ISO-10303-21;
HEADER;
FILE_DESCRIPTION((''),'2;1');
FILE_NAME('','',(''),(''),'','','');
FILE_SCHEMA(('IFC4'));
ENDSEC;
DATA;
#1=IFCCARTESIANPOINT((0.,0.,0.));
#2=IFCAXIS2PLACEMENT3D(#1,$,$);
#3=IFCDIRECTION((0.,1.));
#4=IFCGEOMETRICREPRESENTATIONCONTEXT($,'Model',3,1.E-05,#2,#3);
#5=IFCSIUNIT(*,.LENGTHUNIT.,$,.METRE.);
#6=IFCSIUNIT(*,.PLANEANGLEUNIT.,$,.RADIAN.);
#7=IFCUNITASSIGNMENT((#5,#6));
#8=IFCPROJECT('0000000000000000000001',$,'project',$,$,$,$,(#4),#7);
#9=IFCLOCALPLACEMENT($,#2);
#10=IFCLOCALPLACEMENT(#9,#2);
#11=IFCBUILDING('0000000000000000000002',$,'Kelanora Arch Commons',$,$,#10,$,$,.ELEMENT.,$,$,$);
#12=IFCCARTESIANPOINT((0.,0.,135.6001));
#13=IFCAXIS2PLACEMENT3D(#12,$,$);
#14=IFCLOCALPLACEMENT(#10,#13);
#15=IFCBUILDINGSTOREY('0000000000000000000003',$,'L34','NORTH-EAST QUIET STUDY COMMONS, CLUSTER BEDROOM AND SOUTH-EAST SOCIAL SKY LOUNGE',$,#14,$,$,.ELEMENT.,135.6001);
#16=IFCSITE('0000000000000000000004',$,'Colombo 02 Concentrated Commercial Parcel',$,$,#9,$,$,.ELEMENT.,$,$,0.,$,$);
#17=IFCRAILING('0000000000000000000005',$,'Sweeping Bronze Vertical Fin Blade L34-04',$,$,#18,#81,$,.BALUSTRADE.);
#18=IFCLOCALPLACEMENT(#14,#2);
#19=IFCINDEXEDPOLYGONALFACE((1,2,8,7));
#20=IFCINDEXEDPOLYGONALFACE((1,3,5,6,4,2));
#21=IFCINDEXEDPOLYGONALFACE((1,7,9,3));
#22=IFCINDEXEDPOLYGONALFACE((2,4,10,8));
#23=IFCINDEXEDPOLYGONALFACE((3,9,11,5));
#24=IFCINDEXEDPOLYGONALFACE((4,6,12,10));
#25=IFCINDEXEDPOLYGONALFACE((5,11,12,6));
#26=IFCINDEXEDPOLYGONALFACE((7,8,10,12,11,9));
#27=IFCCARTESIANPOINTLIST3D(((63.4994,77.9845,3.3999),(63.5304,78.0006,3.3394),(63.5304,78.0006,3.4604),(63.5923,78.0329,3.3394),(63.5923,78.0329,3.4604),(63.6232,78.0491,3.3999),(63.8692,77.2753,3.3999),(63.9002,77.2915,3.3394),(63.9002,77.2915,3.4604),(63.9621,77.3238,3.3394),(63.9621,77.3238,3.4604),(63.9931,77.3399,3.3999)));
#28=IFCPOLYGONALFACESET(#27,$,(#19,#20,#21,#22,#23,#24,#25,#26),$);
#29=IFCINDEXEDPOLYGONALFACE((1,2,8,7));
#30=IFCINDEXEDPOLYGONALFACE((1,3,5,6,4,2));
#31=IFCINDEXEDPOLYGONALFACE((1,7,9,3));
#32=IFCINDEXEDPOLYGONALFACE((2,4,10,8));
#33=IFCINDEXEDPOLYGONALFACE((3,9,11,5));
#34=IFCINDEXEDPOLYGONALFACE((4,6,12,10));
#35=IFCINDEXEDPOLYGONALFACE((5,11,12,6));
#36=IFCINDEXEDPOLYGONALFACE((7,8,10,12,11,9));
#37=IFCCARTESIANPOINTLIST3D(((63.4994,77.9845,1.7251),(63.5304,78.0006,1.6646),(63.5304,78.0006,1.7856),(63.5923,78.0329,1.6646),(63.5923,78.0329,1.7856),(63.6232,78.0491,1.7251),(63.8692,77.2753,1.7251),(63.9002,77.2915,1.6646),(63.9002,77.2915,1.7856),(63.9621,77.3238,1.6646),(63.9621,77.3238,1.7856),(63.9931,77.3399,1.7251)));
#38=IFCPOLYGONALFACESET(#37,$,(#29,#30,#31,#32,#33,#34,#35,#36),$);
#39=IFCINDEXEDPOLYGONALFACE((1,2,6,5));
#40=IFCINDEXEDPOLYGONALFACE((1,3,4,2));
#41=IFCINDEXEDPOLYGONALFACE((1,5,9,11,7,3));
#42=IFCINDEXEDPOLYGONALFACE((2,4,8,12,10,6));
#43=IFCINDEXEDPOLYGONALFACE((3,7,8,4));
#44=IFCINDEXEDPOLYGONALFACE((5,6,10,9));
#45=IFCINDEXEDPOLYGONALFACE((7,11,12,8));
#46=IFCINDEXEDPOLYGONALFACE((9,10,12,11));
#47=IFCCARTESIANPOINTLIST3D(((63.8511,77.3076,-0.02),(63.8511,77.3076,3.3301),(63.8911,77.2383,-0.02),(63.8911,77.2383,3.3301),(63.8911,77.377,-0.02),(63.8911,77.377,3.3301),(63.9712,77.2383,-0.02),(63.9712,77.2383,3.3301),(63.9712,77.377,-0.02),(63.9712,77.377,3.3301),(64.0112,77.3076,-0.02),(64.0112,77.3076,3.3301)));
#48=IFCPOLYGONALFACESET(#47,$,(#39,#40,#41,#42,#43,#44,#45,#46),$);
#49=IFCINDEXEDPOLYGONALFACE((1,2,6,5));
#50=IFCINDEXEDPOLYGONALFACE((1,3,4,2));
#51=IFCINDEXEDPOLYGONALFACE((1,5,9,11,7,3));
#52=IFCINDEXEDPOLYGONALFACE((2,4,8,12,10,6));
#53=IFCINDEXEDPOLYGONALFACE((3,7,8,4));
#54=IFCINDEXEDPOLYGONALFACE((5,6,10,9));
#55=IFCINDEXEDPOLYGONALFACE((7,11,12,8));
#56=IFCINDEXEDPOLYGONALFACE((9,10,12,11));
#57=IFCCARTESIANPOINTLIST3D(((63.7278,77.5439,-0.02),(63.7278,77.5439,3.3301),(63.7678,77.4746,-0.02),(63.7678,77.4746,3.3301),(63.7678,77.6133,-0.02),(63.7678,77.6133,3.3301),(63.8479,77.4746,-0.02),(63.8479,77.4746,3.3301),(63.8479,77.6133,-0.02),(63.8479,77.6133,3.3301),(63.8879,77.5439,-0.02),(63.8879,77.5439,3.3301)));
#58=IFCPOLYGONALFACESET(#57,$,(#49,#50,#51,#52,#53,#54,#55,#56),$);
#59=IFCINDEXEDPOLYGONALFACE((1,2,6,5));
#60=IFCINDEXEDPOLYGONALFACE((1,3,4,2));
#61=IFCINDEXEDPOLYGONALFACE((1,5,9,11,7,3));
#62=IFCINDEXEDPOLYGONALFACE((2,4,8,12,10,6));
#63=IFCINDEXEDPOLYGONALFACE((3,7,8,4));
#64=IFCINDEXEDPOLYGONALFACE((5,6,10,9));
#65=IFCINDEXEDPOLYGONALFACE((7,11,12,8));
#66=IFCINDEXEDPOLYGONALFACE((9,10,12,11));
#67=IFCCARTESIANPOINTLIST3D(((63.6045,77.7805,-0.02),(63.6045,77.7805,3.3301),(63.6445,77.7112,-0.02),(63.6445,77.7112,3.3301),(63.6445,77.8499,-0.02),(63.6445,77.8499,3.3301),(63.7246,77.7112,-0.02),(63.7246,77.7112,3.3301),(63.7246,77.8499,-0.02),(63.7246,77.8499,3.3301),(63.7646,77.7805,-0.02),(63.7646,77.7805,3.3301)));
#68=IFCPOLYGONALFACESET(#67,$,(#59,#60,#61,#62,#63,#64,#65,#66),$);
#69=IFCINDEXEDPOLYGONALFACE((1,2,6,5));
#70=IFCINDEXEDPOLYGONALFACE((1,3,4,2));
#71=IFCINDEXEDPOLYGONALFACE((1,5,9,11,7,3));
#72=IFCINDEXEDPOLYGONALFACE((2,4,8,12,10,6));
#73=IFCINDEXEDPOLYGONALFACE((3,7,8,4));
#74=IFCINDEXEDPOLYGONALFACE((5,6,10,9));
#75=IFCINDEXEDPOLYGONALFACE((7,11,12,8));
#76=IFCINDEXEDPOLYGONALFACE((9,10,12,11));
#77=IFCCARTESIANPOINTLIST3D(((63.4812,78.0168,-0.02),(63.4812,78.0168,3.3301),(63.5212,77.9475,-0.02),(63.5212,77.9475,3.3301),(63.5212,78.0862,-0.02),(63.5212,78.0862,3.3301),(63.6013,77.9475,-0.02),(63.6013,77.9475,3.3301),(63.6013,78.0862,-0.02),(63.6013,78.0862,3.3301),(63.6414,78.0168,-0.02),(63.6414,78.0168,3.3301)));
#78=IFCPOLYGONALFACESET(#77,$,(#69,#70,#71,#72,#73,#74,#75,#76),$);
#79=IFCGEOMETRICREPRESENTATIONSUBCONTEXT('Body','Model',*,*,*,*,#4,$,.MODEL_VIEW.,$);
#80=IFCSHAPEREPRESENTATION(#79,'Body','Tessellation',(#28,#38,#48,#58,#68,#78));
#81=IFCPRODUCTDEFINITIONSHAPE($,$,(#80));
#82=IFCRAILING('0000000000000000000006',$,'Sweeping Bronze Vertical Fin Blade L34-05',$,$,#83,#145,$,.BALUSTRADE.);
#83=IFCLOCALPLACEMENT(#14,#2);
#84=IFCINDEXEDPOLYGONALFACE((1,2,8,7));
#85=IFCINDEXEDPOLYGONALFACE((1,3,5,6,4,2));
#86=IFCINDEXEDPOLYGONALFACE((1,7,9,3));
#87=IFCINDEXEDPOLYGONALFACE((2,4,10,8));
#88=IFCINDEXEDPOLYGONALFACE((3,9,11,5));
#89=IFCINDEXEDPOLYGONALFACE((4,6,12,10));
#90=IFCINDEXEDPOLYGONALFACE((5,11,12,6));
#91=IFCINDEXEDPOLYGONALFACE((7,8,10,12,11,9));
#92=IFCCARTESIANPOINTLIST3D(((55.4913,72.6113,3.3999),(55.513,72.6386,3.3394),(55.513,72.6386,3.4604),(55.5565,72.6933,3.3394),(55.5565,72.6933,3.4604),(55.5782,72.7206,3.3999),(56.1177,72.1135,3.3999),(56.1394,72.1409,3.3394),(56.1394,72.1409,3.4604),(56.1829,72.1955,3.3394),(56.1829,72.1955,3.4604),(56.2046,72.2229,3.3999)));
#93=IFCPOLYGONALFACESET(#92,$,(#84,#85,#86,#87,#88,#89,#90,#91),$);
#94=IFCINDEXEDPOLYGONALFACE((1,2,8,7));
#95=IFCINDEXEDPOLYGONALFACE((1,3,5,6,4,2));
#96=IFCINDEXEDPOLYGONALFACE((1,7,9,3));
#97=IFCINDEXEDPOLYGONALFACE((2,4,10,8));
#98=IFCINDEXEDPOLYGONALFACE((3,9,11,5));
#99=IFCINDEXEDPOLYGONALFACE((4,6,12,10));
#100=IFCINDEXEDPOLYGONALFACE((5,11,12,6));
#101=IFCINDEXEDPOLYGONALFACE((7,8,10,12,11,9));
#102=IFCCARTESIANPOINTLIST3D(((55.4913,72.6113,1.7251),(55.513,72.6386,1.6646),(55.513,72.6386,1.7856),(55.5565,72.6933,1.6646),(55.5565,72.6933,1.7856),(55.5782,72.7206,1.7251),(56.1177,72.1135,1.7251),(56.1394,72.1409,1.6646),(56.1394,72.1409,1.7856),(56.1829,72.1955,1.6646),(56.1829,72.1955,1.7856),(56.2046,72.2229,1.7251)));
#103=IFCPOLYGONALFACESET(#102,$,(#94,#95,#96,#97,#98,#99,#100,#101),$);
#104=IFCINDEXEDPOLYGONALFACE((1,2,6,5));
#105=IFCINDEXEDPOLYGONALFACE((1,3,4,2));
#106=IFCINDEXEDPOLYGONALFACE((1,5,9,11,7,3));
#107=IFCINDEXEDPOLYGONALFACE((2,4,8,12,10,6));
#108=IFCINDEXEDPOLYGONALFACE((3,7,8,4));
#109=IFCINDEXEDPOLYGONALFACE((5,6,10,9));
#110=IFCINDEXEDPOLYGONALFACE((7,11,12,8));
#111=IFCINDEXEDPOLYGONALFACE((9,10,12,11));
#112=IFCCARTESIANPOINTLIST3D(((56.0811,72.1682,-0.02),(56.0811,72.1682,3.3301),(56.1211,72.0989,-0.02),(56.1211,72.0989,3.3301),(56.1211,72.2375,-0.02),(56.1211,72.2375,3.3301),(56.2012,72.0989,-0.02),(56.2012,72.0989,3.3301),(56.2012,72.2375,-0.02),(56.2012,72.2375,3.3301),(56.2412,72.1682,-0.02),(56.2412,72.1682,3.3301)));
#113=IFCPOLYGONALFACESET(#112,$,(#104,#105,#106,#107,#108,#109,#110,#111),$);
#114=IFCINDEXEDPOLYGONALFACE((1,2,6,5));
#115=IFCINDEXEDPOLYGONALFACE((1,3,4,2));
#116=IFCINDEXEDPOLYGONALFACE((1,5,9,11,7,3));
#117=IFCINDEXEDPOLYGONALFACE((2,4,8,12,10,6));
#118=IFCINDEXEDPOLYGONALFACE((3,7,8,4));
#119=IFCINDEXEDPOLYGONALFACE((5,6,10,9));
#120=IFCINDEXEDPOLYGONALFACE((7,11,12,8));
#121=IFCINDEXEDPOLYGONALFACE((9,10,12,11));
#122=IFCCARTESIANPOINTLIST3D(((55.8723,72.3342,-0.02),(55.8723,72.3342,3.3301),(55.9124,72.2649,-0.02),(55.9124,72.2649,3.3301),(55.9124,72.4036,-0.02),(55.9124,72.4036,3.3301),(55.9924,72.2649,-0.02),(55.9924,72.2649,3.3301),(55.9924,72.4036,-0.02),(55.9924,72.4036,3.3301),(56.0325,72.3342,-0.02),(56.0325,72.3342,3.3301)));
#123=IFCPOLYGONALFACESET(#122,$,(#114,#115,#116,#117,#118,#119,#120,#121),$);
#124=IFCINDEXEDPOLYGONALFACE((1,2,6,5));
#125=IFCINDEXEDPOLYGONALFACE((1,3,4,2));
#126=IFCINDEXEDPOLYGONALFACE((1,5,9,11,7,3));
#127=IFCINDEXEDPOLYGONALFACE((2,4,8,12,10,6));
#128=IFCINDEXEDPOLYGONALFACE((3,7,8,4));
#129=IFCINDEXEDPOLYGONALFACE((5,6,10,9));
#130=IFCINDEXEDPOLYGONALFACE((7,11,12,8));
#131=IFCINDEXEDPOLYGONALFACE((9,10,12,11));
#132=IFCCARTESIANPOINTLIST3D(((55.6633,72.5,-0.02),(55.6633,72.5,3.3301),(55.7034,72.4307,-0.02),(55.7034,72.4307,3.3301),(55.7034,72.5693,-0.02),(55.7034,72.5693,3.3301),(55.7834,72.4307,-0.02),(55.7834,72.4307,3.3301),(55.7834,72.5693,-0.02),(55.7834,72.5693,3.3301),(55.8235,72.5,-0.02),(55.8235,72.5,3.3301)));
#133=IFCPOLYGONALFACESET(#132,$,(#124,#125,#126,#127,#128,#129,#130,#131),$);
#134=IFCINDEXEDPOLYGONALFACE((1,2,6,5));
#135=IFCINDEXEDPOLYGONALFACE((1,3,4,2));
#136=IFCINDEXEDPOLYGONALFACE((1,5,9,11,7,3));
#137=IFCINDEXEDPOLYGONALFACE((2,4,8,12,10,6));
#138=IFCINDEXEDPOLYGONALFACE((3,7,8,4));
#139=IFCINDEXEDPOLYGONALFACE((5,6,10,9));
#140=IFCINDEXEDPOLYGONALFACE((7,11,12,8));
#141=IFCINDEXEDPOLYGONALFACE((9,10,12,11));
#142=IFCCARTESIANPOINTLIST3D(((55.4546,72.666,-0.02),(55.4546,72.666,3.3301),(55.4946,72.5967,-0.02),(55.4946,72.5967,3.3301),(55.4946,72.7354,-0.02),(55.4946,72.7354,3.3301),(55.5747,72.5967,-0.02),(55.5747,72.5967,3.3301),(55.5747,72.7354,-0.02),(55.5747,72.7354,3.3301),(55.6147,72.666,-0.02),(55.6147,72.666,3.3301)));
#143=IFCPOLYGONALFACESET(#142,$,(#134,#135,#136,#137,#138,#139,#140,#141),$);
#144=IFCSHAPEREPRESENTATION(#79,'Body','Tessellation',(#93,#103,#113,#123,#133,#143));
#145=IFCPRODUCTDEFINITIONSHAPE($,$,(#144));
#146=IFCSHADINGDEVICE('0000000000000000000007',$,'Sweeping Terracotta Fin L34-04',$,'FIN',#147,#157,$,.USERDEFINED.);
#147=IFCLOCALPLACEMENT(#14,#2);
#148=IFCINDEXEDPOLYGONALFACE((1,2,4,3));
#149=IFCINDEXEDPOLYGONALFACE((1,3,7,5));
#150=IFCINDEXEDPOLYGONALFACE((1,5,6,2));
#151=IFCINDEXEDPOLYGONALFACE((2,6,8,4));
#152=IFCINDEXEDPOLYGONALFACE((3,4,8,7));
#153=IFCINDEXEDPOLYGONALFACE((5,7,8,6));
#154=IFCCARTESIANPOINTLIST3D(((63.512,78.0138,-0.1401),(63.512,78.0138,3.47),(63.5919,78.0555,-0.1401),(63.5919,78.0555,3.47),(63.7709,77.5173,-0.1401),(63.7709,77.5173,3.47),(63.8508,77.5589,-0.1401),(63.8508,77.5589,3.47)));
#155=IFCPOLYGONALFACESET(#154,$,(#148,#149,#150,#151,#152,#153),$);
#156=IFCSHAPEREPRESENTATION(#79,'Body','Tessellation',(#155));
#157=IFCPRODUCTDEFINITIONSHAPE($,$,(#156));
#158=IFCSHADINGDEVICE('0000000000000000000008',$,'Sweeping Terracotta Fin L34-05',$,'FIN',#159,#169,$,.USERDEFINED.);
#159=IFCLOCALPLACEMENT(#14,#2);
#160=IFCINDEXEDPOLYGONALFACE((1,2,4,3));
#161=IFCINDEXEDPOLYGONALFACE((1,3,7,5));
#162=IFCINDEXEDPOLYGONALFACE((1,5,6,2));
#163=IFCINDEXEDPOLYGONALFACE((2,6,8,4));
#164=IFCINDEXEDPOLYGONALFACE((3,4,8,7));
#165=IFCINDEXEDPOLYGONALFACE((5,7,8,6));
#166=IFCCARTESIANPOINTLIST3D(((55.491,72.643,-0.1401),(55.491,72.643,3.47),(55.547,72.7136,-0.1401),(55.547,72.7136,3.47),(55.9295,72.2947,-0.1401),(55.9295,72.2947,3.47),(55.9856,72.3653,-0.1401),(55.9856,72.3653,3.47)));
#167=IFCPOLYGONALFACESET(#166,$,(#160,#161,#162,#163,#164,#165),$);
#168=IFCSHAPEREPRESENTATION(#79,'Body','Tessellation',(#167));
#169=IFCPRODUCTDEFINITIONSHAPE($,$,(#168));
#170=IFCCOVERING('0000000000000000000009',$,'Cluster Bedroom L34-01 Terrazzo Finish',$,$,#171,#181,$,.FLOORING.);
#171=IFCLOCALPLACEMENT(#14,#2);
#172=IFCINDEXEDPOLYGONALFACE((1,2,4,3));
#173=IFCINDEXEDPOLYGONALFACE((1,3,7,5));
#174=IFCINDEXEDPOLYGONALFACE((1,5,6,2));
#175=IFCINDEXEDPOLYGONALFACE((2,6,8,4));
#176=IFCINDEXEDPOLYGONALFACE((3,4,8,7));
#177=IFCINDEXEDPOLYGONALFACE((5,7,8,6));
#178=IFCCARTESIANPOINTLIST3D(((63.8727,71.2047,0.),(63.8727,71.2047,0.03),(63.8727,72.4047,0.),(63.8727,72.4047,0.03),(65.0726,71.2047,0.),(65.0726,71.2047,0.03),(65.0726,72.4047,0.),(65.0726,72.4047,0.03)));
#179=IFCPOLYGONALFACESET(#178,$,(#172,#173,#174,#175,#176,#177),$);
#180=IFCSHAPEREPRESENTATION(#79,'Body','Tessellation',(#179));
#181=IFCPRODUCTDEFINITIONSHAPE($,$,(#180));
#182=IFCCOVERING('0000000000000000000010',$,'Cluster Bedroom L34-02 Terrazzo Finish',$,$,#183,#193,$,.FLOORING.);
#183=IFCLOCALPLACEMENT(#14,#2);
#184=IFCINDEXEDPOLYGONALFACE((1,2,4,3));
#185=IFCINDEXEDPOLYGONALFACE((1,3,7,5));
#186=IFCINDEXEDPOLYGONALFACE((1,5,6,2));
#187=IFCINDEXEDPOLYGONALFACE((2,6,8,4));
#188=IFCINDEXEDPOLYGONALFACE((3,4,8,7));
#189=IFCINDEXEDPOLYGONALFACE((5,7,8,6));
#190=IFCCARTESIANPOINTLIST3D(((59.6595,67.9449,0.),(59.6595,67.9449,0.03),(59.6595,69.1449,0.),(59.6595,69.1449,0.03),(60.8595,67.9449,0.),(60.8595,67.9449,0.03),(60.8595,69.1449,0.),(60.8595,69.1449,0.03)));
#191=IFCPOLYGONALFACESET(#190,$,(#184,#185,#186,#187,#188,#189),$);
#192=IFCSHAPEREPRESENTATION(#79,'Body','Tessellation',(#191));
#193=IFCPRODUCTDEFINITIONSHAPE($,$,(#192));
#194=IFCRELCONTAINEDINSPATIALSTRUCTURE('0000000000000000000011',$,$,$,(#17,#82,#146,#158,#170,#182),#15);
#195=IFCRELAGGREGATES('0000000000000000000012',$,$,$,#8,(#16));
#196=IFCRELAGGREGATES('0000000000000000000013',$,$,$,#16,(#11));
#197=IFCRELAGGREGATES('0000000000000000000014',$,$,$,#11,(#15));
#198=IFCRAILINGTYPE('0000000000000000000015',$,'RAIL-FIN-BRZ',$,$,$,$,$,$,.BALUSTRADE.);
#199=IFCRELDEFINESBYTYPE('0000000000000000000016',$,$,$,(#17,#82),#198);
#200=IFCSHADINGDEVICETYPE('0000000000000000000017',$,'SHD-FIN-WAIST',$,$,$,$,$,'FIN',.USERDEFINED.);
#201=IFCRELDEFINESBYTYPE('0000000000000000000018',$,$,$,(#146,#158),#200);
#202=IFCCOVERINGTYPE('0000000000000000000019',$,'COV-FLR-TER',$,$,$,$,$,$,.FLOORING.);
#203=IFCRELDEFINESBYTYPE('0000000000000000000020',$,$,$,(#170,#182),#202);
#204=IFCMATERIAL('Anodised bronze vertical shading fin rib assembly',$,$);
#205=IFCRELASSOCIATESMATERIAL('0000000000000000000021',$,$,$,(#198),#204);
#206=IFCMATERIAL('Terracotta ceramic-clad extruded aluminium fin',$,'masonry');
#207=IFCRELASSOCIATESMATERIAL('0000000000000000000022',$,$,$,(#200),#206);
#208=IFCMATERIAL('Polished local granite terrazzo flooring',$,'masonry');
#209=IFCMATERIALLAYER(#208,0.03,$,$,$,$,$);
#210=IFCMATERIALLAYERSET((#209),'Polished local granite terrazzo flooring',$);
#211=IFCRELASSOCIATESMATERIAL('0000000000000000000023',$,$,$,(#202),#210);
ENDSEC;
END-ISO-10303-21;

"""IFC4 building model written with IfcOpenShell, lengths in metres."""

from ifc_helpers import new_model, si_unit, direction, frame, origin, origin_2d, place, context, subcontext, project, spatial, polyline, rectangle, outline, extrude, source, transform, mapped, material, layer, layer_set, type_object, element, save


model = new_model("IFC4")

# Units and contexts
model_context = context("Model", 3, precision=1e-05, world=origin(), true_north=direction((0.0, 1.0)))
body_context = subcontext(model_context, "Body", "Model", "MODEL_VIEW")
ifc_project = project(units=[si_unit("LENGTHUNIT", "METRE"), si_unit("PLANEANGLEUNIT", "RADIAN")], contexts=[model_context])

# Site, building, storey
site_placement = place(None, origin())
site = spatial("IfcSite", under=ifc_project, at=site_placement, Name="Colombo 02 Concentrated Commercial Parcel", CompositionType="ELEMENT", RefElevation=0.0)
building_placement = place(site_placement, origin())
building = spatial("IfcBuilding", under=site, at=building_placement, Name="Kelanora Arch Commons", CompositionType="ELEMENT")
storey_placement = place(building_placement, frame((0.0, 0.0, 135.6001)))
storey = spatial("IfcBuildingStorey", under=building, at=storey_placement, Name="L34", Description="NORTH-EAST QUIET STUDY COMMONS, CLUSTER BEDROOM AND SOUTH-EAST SOCIAL SKY LOUNGE", CompositionType="ELEMENT", Elevation=135.6001)

# Railings
ifc_material_1 = material(Name="Anodised bronze vertical shading fin rib assembly")
railing_type = type_object("IfcRailingType", Name="RAIL-FIN-BRZ", PredefinedType="BALUSTRADE", material=ifc_material_1)
railing_1_placement = place(storey_placement, frame((63.9312, 77.3076, -0.02)))
element("IfcRailing", 1, at=railing_1_placement, inside=storey, type_object=railing_type, Name="Sweeping Bronze Vertical Fin Blade L34-04", PredefinedType="BALUSTRADE", context=body_context, shape_type="SweptSolid", body=[
    extrude(outline(polyline([(0.0698, 0.0), (0.0349, 0.0605), (-0.0349, 0.0605), (-0.0698, 0.0), (-0.0349, -0.0605), (0.0349, -0.0605), (0.0698, 0.0)])), frame((0.0, 0.0, 3.4199), z_axis=(-0.46241, 0.886666, 0.0), x_axis=(-0.886666, -0.46241, 0.0)), (0.0, 0.0, 1.0), 0.7998),
    extrude(outline(polyline([(0.0698, 0.0), (0.0349, 0.0605), (-0.0349, 0.0605), (-0.0698, 0.0), (-0.0349, -0.0605), (0.0349, -0.0605), (0.0698, 0.0)])), frame((0.0, 0.0, 1.7451), z_axis=(-0.46241, 0.886666, 0.0), x_axis=(-0.886666, -0.46241, 0.0)), (0.0, 0.0, 1.0), 0.7998),
    extrude(outline(polyline([(0.0801, 0.0), (0.04, 0.0693), (-0.04, 0.0693), (-0.0801, 0.0), (-0.04, -0.0693), (0.04, -0.0693), (0.0801, 0.0)])), origin(), (0.0, 0.0, 1.0), 3.3501),
    extrude(outline(polyline([(0.0801, 0.0), (0.04, 0.0693), (-0.04, 0.0693), (-0.0801, 0.0), (-0.04, -0.0693), (0.04, -0.0693), (0.0801, 0.0)])), frame((-0.1233, 0.2363, 0.0)), (0.0, 0.0, 1.0), 3.3501),
    extrude(outline(polyline([(0.0801, 0.0), (0.04, 0.0693), (-0.04, 0.0693), (-0.0801, 0.0), (-0.04, -0.0693), (0.04, -0.0693), (0.0801, 0.0)])), frame((-0.2466, 0.4729, 0.0)), (0.0, 0.0, 1.0), 3.3501),
    extrude(outline(polyline([(0.0801, 0.0), (0.04, 0.0693), (-0.04, 0.0693), (-0.0801, 0.0), (-0.04, -0.0693), (0.04, -0.0693), (0.0801, 0.0)])), frame((-0.3699, 0.7092, 0.0)), (0.0, 0.0, 1.0), 3.3501),
])
railing_2_placement = place(storey_placement, frame((56.1611, 72.1682, -0.02)))
element("IfcRailing", 2, at=railing_2_placement, inside=storey, type_object=railing_type, Name="Sweeping Bronze Vertical Fin Blade L34-05", PredefinedType="BALUSTRADE", context=body_context, shape_type="SweptSolid", body=[
    extrude(outline(polyline([(0.0698, 0.0), (0.0349, 0.0605), (-0.0349, 0.0605), (-0.0698, 0.0), (-0.0349, -0.0605), (0.0349, -0.0605), (0.0698, 0.0)])), frame((0.0, 0.0, 3.4199), z_axis=(-0.782919, 0.622124, 0.0), x_axis=(-0.622124, -0.782919, 0.0)), (0.0, 0.0, 1.0), 0.8),
    extrude(outline(polyline([(0.0698, 0.0), (0.0349, 0.0605), (-0.0349, 0.0605), (-0.0698, 0.0), (-0.0349, -0.0605), (0.0349, -0.0605), (0.0698, 0.0)])), frame((0.0, 0.0, 1.7451), z_axis=(-0.782919, 0.622124, 0.0), x_axis=(-0.622124, -0.782919, 0.0)), (0.0, 0.0, 1.0), 0.8),
    extrude(outline(polyline([(0.0801, 0.0), (0.04, 0.0693), (-0.04, 0.0693), (-0.0801, 0.0), (-0.04, -0.0693), (0.04, -0.0693), (0.0801, 0.0)])), origin(), (0.0, 0.0, 1.0), 3.3501),
    extrude(outline(polyline([(0.0801, 0.0), (0.04, 0.0693), (-0.04, 0.0693), (-0.0801, 0.0), (-0.04, -0.0693), (0.04, -0.0693), (0.0801, 0.0)])), frame((-0.2087, 0.166, 0.0)), (0.0, 0.0, 1.0), 3.3501),
    extrude(outline(polyline([(0.0801, 0.0), (0.04, 0.0693), (-0.04, 0.0693), (-0.0801, 0.0), (-0.04, -0.0693), (0.04, -0.0693), (0.0801, 0.0)])), frame((-0.4177, 0.3318, 0.0)), (0.0, 0.0, 1.0), 3.3501),
    extrude(outline(polyline([(0.0801, 0.0), (0.04, 0.0693), (-0.04, 0.0693), (-0.0801, 0.0), (-0.04, -0.0693), (0.04, -0.0693), (0.0801, 0.0)])), frame((-0.6265, 0.4978, 0.0)), (0.0, 0.0, 1.0), 3.3501),
])

# Shading devices
ifc_material_2 = material(Name="Terracotta ceramic-clad extruded aluminium fin", Category="masonry")
shading_device_type = type_object("IfcShadingDeviceType", Name="SHD-FIN-WAIST", ElementType="FIN", PredefinedType="USERDEFINED", material=ifc_material_2)
shared_shape_1 = source(origin(), body_context, "Body", "SweptSolid", [
    extrude(rectangle(XDim=0.5601, YDim=0.0901, at=origin_2d()), origin(), (0.0, 0.0, 1.0), 3.6101),
])
for number, where, z_axis, x_axis, name in (
    (3, (63.6814, 77.7864, -0.1401), (0.0, 0.0, 1.0), (-0.462368, 0.886688, 0.0), "Sweeping Terracotta Fin L34-04"),
    (4, (55.7383, 72.5042, -0.1401), (0.0, 0.0, 1.0), (-0.783043, 0.621968, 0.0), "Sweeping Terracotta Fin L34-05"),
):
    element("IfcShadingDevice", number, at=place(storey_placement, frame(where, z_axis=z_axis, x_axis=x_axis)), inside=storey, type_object=shading_device_type, Name=name, ObjectType="FIN", PredefinedType="USERDEFINED", context=body_context, shape_type="MappedRepresentation", body=[
        mapped(shared_shape_1, transform((0.0, 0.0, 0.0), scale=1.0)),
    ])

# Coverings
ifc_material_3 = material(Name="Polished local granite terrazzo flooring", Category="masonry")
ifc_layer_1 = layer(ifc_material_3, 0.03)
ifc_layer_set_1 = layer_set([ifc_layer_1], Name="Polished local granite terrazzo flooring")
covering_type = type_object("IfcCoveringType", Name="COV-FLR-TER", PredefinedType="FLOORING", material=ifc_layer_set_1)
shared_shape_2 = source(origin(), body_context, "Body", "SweptSolid", [
    extrude(rectangle(XDim=1.2, YDim=1.2, at=origin_2d()), origin(), (0.0, 0.0, 1.0), 0.03),
])
for number, where, z_axis, x_axis, name in (
    (5, (64.4727, 71.8047, 0.0), (0.0, 0.0, 1.0), (1.0, 0.0, 0.0), "Cluster Bedroom L34-01 Terrazzo Finish"),
    (6, (60.2595, 68.5449, 0.0), (0.0, 0.0, 1.0), (1.0, 0.0, 0.0), "Cluster Bedroom L34-02 Terrazzo Finish"),
):
    element("IfcCovering", number, at=place(storey_placement, frame(where, z_axis=z_axis, x_axis=x_axis)), inside=storey, type_object=covering_type, Name=name, PredefinedType="FLOORING", context=body_context, shape_type="MappedRepresentation", body=[
        mapped(shared_shape_2, transform((0.0, 0.0, 0.0), scale=1.0)),
    ])

save(model, "model.ifc")
